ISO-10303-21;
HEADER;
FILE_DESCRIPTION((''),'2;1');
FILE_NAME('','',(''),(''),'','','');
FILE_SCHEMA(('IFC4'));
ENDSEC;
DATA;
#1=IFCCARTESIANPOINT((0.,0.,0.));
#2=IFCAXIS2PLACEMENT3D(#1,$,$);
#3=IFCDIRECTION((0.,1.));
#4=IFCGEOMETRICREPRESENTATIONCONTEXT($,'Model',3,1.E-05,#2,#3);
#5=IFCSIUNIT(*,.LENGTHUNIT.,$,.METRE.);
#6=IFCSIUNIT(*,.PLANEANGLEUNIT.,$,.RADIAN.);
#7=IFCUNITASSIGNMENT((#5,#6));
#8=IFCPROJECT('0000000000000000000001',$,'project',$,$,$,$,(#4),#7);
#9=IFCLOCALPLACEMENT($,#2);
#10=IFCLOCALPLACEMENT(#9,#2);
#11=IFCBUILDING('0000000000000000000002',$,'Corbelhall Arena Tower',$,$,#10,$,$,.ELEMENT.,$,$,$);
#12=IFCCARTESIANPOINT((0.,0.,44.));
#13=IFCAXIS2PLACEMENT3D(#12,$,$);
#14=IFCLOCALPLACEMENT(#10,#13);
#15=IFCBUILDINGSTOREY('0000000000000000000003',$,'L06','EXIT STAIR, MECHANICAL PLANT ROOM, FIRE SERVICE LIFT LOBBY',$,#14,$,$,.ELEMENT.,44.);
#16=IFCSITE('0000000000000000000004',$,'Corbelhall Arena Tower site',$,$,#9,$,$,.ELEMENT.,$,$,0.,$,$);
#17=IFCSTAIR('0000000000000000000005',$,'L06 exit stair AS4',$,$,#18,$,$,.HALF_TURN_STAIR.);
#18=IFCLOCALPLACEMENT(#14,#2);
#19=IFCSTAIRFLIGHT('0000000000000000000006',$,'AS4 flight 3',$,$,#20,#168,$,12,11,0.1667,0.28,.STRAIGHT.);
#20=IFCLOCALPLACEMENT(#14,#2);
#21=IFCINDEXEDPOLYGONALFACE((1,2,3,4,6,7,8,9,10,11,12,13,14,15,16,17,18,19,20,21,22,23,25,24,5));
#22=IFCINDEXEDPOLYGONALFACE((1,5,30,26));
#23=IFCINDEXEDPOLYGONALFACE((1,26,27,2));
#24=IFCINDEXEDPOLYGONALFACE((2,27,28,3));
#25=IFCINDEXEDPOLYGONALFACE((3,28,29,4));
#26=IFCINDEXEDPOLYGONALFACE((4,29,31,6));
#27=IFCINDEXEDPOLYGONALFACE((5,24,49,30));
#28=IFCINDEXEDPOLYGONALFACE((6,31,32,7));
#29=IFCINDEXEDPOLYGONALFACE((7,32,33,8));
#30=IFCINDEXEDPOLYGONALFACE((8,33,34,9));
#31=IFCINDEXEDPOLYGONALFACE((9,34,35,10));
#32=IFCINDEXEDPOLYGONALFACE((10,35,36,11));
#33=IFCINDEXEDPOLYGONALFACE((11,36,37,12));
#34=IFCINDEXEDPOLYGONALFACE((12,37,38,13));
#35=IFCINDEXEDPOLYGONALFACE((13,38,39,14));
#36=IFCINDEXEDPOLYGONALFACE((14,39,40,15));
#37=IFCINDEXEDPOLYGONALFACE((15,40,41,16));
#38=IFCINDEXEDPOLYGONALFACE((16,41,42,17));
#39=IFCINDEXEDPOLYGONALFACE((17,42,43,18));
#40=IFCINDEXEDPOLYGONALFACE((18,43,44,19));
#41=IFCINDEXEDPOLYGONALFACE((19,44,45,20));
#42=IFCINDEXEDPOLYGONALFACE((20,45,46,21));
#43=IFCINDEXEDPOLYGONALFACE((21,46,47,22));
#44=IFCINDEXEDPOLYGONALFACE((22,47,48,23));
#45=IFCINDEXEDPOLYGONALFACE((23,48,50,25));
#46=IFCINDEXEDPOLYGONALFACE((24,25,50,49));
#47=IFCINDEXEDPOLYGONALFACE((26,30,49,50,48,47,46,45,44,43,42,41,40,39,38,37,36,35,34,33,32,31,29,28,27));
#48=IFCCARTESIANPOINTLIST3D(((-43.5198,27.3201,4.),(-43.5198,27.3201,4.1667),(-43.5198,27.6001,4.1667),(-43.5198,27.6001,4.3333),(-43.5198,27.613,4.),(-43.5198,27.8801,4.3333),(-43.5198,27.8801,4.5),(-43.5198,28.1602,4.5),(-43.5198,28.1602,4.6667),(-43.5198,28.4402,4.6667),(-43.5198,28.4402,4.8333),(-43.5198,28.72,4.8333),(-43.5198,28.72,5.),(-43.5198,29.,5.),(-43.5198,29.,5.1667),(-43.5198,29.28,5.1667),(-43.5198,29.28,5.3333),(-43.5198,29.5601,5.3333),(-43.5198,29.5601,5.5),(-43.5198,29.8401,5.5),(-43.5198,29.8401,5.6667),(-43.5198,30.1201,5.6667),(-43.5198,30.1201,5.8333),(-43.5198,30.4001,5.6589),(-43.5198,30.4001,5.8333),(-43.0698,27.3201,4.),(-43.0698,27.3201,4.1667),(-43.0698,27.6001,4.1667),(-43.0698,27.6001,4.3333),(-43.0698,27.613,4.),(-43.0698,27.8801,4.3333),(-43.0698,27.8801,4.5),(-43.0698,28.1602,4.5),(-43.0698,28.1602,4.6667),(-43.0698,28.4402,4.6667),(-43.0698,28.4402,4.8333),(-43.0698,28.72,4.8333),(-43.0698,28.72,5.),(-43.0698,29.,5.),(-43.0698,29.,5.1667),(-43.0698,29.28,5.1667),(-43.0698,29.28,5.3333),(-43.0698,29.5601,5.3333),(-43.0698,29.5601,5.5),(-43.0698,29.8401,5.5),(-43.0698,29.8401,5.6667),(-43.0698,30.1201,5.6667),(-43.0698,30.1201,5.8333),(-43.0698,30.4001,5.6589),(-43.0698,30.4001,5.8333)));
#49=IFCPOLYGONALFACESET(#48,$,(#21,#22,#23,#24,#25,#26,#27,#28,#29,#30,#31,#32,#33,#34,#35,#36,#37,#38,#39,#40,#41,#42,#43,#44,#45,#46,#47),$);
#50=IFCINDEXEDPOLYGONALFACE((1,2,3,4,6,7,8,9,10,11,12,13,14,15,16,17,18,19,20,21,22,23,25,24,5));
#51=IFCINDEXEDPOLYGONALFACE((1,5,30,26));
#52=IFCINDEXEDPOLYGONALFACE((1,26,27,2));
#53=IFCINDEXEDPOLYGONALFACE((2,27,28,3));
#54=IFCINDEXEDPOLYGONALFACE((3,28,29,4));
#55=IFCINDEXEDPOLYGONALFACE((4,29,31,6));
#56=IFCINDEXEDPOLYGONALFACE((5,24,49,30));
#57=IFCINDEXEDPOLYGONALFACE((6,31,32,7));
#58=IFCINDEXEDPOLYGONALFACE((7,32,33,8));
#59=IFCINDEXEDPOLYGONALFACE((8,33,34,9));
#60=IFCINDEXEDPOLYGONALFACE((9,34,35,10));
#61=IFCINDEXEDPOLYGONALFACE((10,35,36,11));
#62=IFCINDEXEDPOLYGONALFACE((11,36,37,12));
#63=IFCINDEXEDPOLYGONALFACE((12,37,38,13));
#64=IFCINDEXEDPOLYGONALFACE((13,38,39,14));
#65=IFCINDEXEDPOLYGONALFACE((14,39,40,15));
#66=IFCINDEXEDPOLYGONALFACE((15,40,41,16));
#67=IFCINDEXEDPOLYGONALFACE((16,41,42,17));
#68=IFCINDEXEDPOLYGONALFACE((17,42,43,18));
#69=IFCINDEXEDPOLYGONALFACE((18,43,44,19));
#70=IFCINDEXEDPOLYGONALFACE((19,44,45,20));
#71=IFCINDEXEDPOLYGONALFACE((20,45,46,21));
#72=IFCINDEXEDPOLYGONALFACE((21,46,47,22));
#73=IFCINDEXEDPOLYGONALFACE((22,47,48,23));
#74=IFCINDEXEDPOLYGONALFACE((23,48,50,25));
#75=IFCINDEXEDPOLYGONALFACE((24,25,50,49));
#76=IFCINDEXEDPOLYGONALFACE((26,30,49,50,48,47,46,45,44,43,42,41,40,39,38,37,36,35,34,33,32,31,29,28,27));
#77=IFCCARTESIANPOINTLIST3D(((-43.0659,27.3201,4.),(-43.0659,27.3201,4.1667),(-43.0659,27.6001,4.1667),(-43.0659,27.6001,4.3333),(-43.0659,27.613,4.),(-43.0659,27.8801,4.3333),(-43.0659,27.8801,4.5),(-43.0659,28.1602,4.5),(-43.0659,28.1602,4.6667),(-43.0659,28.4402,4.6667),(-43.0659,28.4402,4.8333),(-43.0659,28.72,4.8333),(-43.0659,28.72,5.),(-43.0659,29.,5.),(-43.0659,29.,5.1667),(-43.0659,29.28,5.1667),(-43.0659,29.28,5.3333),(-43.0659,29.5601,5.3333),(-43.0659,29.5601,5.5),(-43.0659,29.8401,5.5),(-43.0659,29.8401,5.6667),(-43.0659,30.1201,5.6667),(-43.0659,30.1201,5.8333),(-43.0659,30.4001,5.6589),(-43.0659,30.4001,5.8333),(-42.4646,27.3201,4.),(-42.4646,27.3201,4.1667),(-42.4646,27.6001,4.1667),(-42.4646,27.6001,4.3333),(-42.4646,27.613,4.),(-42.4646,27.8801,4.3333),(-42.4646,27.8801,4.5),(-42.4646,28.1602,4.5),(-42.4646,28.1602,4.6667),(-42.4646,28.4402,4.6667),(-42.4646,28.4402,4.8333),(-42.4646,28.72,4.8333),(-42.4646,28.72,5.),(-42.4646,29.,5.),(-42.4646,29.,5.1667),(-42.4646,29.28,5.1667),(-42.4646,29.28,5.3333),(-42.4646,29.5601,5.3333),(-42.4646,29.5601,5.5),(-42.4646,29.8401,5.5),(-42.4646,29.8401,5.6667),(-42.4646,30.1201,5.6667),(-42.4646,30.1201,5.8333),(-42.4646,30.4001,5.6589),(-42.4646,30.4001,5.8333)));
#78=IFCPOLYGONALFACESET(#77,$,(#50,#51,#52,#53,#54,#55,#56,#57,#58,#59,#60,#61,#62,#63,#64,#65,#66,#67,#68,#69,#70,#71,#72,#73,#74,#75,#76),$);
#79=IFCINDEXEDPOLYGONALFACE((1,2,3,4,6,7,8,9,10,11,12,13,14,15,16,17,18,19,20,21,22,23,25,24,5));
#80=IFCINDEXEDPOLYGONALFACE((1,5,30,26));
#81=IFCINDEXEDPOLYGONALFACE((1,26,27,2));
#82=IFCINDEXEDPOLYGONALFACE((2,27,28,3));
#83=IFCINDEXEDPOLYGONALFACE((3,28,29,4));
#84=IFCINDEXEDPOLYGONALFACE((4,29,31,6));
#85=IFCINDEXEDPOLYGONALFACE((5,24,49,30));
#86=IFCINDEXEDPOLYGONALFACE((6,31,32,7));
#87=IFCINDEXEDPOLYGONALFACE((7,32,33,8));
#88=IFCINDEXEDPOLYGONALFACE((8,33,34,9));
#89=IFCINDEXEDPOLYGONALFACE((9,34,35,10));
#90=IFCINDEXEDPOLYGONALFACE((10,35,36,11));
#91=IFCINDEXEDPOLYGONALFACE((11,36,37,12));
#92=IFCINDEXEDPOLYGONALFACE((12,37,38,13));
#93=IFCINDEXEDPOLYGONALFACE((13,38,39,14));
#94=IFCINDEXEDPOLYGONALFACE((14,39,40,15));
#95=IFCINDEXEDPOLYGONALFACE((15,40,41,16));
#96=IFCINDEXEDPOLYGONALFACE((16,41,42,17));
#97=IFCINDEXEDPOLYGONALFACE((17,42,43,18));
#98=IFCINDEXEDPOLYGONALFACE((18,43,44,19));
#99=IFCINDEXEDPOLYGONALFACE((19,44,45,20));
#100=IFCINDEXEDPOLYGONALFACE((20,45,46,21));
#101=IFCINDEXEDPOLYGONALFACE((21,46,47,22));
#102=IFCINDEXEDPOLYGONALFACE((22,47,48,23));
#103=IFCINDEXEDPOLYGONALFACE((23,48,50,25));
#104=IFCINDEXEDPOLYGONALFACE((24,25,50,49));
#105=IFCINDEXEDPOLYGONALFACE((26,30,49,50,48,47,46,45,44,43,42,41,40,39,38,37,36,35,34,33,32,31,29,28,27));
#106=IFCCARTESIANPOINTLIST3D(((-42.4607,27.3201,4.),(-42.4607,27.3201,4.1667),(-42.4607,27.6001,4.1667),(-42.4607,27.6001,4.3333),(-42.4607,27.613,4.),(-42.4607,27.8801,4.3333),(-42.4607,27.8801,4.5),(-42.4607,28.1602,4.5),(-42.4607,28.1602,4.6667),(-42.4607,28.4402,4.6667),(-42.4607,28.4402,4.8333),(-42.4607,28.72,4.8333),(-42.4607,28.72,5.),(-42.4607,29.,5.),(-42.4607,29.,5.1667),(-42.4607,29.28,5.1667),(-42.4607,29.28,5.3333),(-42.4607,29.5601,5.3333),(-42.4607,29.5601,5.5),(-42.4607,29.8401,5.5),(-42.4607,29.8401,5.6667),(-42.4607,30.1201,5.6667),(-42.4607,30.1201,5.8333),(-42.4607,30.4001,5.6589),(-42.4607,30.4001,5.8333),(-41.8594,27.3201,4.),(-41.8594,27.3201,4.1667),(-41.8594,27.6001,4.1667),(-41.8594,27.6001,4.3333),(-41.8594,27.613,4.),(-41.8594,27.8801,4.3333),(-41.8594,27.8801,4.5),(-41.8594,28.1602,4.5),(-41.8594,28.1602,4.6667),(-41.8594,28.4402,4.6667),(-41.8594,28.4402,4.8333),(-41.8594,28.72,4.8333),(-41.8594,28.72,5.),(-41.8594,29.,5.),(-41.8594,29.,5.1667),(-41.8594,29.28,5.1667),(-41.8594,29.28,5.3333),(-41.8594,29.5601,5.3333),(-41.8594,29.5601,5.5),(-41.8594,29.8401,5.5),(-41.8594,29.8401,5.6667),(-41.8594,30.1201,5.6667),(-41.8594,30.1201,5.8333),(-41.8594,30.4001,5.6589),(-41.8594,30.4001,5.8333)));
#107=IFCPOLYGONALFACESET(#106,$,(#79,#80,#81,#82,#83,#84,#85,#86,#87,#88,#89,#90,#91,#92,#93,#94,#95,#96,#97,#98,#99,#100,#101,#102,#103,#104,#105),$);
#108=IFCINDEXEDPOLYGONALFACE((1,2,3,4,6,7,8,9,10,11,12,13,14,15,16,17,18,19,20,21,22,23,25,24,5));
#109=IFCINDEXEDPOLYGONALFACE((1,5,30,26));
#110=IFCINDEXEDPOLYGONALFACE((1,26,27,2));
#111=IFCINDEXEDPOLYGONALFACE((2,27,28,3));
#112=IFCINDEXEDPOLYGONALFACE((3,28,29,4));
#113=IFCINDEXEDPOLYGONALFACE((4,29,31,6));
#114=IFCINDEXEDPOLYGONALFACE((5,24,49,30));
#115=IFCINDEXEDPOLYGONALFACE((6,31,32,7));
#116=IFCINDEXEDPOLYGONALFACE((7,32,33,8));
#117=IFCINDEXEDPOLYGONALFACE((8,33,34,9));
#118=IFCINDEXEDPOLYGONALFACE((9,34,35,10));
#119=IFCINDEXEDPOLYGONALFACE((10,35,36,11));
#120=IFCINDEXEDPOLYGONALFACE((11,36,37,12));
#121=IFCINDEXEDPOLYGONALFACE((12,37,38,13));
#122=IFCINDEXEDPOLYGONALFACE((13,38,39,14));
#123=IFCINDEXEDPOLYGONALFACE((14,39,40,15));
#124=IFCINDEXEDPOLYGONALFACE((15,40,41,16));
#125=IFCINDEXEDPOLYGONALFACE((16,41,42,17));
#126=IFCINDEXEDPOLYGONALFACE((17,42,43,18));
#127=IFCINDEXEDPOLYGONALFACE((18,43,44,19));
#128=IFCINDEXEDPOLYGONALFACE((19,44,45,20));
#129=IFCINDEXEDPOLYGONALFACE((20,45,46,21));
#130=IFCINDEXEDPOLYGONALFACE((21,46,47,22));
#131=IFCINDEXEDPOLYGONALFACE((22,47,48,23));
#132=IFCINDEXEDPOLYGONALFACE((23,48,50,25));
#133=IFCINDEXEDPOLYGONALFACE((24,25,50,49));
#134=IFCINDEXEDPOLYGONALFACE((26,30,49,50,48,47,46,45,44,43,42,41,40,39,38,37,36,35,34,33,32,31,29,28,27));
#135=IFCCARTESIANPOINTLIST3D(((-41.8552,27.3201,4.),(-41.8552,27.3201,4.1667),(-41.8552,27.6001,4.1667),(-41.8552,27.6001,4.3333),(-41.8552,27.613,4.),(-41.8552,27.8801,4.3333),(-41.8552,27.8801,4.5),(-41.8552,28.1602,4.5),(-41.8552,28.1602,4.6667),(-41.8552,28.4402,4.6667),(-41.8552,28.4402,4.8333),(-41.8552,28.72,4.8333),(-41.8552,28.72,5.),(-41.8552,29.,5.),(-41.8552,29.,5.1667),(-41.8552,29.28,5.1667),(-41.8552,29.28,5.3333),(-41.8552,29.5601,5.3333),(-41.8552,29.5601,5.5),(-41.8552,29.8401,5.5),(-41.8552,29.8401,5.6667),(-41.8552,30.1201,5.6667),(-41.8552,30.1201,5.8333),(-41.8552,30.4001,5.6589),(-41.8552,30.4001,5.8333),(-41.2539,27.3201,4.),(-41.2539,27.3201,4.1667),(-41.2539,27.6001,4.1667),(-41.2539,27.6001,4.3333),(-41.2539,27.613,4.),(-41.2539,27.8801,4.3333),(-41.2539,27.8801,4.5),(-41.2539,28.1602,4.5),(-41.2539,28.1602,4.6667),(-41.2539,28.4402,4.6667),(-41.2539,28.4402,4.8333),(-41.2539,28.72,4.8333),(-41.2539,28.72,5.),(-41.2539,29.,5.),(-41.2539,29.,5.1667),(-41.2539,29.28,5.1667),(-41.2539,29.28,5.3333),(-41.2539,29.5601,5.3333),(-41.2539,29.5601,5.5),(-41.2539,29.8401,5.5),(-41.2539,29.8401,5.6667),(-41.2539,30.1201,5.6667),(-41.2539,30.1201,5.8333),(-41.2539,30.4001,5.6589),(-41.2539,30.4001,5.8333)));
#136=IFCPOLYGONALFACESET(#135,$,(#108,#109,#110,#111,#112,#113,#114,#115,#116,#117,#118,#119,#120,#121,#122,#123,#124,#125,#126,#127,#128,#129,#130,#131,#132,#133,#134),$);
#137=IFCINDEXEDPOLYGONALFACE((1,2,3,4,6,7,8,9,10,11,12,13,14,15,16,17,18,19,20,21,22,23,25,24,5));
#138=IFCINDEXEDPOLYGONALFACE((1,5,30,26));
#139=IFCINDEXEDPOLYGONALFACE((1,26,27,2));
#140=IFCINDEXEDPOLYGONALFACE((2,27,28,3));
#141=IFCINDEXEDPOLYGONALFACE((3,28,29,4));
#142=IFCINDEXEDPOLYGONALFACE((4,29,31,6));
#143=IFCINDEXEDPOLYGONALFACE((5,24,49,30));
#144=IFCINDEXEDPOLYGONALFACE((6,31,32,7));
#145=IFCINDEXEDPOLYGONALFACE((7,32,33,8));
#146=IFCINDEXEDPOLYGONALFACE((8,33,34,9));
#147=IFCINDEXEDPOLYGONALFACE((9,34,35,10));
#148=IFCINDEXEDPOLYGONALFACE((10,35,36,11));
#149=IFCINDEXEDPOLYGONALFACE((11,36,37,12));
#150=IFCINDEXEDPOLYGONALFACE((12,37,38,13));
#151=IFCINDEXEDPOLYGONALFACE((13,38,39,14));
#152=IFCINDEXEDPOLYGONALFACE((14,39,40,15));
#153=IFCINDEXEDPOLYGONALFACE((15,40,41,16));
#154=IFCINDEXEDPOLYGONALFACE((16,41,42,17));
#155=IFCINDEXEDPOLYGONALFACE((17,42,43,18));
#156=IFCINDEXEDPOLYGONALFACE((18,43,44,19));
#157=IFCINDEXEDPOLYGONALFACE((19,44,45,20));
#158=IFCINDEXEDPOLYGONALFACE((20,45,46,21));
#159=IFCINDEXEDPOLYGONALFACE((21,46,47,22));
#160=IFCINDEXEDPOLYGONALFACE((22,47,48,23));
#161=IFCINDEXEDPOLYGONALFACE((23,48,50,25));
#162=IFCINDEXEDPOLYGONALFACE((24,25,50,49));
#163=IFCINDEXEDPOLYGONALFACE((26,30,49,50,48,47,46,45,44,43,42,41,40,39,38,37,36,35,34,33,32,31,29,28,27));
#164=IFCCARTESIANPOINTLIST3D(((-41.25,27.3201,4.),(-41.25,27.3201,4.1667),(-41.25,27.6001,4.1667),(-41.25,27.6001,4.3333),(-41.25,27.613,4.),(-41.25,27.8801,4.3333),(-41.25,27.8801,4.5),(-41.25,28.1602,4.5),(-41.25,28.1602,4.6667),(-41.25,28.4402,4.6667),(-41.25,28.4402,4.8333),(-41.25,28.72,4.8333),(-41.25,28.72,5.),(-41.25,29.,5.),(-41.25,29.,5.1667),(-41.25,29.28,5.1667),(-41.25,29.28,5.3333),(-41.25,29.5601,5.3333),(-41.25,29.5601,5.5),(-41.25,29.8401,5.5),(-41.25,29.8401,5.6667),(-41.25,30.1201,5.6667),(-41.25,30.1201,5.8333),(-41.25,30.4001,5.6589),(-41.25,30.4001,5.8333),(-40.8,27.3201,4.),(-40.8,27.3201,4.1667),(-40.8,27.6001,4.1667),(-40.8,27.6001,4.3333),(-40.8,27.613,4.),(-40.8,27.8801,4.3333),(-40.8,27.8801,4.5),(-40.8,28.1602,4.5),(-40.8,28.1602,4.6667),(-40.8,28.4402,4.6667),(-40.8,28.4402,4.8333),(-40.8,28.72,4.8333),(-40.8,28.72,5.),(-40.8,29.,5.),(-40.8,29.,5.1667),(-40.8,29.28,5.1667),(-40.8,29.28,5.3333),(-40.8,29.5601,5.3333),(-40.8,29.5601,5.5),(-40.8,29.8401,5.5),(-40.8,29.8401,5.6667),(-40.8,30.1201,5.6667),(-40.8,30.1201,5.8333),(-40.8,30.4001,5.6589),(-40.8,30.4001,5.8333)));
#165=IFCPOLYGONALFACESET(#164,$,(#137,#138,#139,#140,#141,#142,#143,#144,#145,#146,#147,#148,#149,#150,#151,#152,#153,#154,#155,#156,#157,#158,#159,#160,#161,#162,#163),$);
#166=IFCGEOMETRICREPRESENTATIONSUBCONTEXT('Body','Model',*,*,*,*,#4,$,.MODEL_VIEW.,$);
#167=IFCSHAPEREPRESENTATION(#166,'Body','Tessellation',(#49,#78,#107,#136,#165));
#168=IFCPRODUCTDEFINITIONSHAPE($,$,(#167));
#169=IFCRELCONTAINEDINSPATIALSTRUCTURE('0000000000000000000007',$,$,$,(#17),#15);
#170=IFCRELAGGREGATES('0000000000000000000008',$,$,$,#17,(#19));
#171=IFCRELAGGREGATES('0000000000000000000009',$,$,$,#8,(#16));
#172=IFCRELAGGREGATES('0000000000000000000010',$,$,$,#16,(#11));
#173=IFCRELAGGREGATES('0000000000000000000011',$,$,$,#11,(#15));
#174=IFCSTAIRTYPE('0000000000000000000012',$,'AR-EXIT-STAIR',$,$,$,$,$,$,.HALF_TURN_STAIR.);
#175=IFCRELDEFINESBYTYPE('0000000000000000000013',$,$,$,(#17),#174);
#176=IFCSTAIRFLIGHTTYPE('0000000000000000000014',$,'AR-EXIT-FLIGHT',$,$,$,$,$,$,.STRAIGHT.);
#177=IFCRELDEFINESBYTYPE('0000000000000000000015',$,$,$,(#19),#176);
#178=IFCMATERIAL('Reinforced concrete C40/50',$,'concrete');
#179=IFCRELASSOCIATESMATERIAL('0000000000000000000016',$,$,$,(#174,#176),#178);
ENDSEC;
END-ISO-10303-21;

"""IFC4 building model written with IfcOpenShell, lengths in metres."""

from ifc_helpers import new_model, si_unit, direction, frame, origin, place, context, subcontext, project, spatial, polyline, outline, extrude, material, type_object, element, aggregate, save


model = new_model("IFC4")

# Units and contexts
model_context = context("Model", 3, precision=1e-05, world=origin(), true_north=direction((0.0, 1.0)))
body_context = subcontext(model_context, "Body", "Model", "MODEL_VIEW")
ifc_project = project(units=[si_unit("LENGTHUNIT", "METRE"), si_unit("PLANEANGLEUNIT", "RADIAN")], contexts=[model_context])

# Site, building, storey
site_placement = place(None, origin())
site = spatial("IfcSite", under=ifc_project, at=site_placement, Name="Corbelhall Arena Tower site", CompositionType="ELEMENT", RefElevation=0.0)
building_placement = place(site_placement, origin())
building = spatial("IfcBuilding", under=site, at=building_placement, Name="Corbelhall Arena Tower", CompositionType="ELEMENT")
storey_placement = place(building_placement, frame((0.0, 0.0, 44.0)))
storey = spatial("IfcBuildingStorey", under=building, at=storey_placement, Name="L06", Description="EXIT STAIR, MECHANICAL PLANT ROOM, FIRE SERVICE LIFT LOBBY", CompositionType="ELEMENT", Elevation=44.0)

# Shared definitions
ifc_material_1 = material(Name="Reinforced concrete C40/50", Category="concrete")

# Stair, stair flight
stair_type = type_object("IfcStairType", Name="AR-EXIT-STAIR", PredefinedType="HALF_TURN_STAIR", material=ifc_material_1)
stair_placement = place(storey_placement, origin())
stair = element("IfcStair", 1, at=stair_placement, inside=storey, type_object=stair_type, Name="L06 exit stair AS4", PredefinedType="HALF_TURN_STAIR")
stair_flight_type = type_object("IfcStairFlightType", Name="AR-EXIT-FLIGHT", PredefinedType="STRAIGHT", material=ifc_material_1)
stair_flight_1_placement = place(storey_placement, frame((-42.1599, 27.3201, 4.0), z_axis=(0.0, 0.0, 1.0), x_axis=(0.0, 1.0, 0.0)))
stair_flight_1 = element("IfcStairFlight", 2, at=stair_flight_1_placement, type_object=stair_flight_type, Name="AS4 flight 3", NumberOfRisers=12, NumberOfTreads=11, PredefinedType="STRAIGHT", RiserHeight=0.1667, TreadLength=0.28, context=body_context, shape_type="SweptSolid", body=[
    extrude(outline(polyline([(0.0, 0.0), (0.0, 0.1667), (0.28, 0.1667), (0.28, 0.3333), (0.5601, 0.3333), (0.5601, 0.5), (0.8401, 0.5), (0.8401, 0.6667), (1.1201, 0.6667), (1.1201, 0.8333), (1.3999, 0.8333), (1.3999, 1.0), (1.6799, 1.0), (1.6799, 1.1667), (1.96, 1.1667), (1.96, 1.3333), (2.24, 1.3333), (2.24, 1.5), (2.52, 1.5), (2.52, 1.6667), (2.8, 1.6667), (2.8, 1.8333), (3.0801, 1.8333), (3.0801, 2.0), (3.0801, 1.6589), (0.293, 0.0), (0.0, 0.0)])), frame((0.0, 1.3599, 0.0), z_axis=(0.0, -1.0, 0.0), x_axis=(1.0, 0.0, 0.0)), (0.0, 0.0, 1.0), 0.45),
    extrude(outline(polyline([(0.0, 0.0), (0.0, 0.1667), (0.28, 0.1667), (0.28, 0.3333), (0.5601, 0.3333), (0.5601, 0.5), (0.8401, 0.5), (0.8401, 0.6667), (1.1201, 0.6667), (1.1201, 0.8333), (1.3999, 0.8333), (1.3999, 1.0), (1.6799, 1.0), (1.6799, 1.1667), (1.96, 1.1667), (1.96, 1.3333), (2.24, 1.3333), (2.24, 1.5), (2.52, 1.5), (2.52, 1.6667), (2.8, 1.6667), (2.8, 1.8333), (3.0801, 1.8333), (3.0801, 2.0), (3.0801, 1.6589), (0.293, 0.0), (0.0, 0.0)])), frame((0.0, 0.906, 0.0), z_axis=(0.0, -1.0, 0.0), x_axis=(1.0, 0.0, 0.0)), (0.0, 0.0, 1.0), 0.6013),
    extrude(outline(polyline([(0.0, 0.0), (0.0, 0.1667), (0.28, 0.1667), (0.28, 0.3333), (0.5601, 0.3333), (0.5601, 0.5), (0.8401, 0.5), (0.8401, 0.6667), (1.1201, 0.6667), (1.1201, 0.8333), (1.3999, 0.8333), (1.3999, 1.0), (1.6799, 1.0), (1.6799, 1.1667), (1.96, 1.1667), (1.96, 1.3333), (2.24, 1.3333), (2.24, 1.5), (2.52, 1.5), (2.52, 1.6667), (2.8, 1.6667), (2.8, 1.8333), (3.0801, 1.8333), (3.0801, 2.0), (3.0801, 1.6589), (0.293, 0.0), (0.0, 0.0)])), frame((0.0, 0.3008, 0.0), z_axis=(0.0, -1.0, 0.0), x_axis=(1.0, 0.0, 0.0)), (0.0, 0.0, 1.0), 0.6013),
    extrude(outline(polyline([(0.0, 0.0), (0.0, 0.1667), (0.28, 0.1667), (0.28, 0.3333), (0.5601, 0.3333), (0.5601, 0.5), (0.8401, 0.5), (0.8401, 0.6667), (1.1201, 0.6667), (1.1201, 0.8333), (1.3999, 0.8333), (1.3999, 1.0), (1.6799, 1.0), (1.6799, 1.1667), (1.96, 1.1667), (1.96, 1.3333), (2.24, 1.3333), (2.24, 1.5), (2.52, 1.5), (2.52, 1.6667), (2.8, 1.6667), (2.8, 1.8333), (3.0801, 1.8333), (3.0801, 2.0), (3.0801, 1.6589), (0.293, 0.0), (0.0, 0.0)])), frame((0.0, -0.3047, 0.0), z_axis=(0.0, -1.0, 0.0), x_axis=(1.0, 0.0, 0.0)), (0.0, 0.0, 1.0), 0.6013),
    extrude(outline(polyline([(0.0, 0.0), (0.0, 0.1667), (0.28, 0.1667), (0.28, 0.3333), (0.5601, 0.3333), (0.5601, 0.5), (0.8401, 0.5), (0.8401, 0.6667), (1.1201, 0.6667), (1.1201, 0.8333), (1.3999, 0.8333), (1.3999, 1.0), (1.6799, 1.0), (1.6799, 1.1667), (1.96, 1.1667), (1.96, 1.3333), (2.24, 1.3333), (2.24, 1.5), (2.52, 1.5), (2.52, 1.6667), (2.8, 1.6667), (2.8, 1.8333), (3.0801, 1.8333), (3.0801, 2.0), (3.0801, 1.6589), (0.293, 0.0), (0.0, 0.0)])), frame((0.0, -0.9099, 0.0), z_axis=(0.0, -1.0, 0.0), x_axis=(1.0, 0.0, 0.0)), (0.0, 0.0, 1.0), 0.45),
])
aggregate(stair, [stair_flight_1])

save(model, "model.ifc")
